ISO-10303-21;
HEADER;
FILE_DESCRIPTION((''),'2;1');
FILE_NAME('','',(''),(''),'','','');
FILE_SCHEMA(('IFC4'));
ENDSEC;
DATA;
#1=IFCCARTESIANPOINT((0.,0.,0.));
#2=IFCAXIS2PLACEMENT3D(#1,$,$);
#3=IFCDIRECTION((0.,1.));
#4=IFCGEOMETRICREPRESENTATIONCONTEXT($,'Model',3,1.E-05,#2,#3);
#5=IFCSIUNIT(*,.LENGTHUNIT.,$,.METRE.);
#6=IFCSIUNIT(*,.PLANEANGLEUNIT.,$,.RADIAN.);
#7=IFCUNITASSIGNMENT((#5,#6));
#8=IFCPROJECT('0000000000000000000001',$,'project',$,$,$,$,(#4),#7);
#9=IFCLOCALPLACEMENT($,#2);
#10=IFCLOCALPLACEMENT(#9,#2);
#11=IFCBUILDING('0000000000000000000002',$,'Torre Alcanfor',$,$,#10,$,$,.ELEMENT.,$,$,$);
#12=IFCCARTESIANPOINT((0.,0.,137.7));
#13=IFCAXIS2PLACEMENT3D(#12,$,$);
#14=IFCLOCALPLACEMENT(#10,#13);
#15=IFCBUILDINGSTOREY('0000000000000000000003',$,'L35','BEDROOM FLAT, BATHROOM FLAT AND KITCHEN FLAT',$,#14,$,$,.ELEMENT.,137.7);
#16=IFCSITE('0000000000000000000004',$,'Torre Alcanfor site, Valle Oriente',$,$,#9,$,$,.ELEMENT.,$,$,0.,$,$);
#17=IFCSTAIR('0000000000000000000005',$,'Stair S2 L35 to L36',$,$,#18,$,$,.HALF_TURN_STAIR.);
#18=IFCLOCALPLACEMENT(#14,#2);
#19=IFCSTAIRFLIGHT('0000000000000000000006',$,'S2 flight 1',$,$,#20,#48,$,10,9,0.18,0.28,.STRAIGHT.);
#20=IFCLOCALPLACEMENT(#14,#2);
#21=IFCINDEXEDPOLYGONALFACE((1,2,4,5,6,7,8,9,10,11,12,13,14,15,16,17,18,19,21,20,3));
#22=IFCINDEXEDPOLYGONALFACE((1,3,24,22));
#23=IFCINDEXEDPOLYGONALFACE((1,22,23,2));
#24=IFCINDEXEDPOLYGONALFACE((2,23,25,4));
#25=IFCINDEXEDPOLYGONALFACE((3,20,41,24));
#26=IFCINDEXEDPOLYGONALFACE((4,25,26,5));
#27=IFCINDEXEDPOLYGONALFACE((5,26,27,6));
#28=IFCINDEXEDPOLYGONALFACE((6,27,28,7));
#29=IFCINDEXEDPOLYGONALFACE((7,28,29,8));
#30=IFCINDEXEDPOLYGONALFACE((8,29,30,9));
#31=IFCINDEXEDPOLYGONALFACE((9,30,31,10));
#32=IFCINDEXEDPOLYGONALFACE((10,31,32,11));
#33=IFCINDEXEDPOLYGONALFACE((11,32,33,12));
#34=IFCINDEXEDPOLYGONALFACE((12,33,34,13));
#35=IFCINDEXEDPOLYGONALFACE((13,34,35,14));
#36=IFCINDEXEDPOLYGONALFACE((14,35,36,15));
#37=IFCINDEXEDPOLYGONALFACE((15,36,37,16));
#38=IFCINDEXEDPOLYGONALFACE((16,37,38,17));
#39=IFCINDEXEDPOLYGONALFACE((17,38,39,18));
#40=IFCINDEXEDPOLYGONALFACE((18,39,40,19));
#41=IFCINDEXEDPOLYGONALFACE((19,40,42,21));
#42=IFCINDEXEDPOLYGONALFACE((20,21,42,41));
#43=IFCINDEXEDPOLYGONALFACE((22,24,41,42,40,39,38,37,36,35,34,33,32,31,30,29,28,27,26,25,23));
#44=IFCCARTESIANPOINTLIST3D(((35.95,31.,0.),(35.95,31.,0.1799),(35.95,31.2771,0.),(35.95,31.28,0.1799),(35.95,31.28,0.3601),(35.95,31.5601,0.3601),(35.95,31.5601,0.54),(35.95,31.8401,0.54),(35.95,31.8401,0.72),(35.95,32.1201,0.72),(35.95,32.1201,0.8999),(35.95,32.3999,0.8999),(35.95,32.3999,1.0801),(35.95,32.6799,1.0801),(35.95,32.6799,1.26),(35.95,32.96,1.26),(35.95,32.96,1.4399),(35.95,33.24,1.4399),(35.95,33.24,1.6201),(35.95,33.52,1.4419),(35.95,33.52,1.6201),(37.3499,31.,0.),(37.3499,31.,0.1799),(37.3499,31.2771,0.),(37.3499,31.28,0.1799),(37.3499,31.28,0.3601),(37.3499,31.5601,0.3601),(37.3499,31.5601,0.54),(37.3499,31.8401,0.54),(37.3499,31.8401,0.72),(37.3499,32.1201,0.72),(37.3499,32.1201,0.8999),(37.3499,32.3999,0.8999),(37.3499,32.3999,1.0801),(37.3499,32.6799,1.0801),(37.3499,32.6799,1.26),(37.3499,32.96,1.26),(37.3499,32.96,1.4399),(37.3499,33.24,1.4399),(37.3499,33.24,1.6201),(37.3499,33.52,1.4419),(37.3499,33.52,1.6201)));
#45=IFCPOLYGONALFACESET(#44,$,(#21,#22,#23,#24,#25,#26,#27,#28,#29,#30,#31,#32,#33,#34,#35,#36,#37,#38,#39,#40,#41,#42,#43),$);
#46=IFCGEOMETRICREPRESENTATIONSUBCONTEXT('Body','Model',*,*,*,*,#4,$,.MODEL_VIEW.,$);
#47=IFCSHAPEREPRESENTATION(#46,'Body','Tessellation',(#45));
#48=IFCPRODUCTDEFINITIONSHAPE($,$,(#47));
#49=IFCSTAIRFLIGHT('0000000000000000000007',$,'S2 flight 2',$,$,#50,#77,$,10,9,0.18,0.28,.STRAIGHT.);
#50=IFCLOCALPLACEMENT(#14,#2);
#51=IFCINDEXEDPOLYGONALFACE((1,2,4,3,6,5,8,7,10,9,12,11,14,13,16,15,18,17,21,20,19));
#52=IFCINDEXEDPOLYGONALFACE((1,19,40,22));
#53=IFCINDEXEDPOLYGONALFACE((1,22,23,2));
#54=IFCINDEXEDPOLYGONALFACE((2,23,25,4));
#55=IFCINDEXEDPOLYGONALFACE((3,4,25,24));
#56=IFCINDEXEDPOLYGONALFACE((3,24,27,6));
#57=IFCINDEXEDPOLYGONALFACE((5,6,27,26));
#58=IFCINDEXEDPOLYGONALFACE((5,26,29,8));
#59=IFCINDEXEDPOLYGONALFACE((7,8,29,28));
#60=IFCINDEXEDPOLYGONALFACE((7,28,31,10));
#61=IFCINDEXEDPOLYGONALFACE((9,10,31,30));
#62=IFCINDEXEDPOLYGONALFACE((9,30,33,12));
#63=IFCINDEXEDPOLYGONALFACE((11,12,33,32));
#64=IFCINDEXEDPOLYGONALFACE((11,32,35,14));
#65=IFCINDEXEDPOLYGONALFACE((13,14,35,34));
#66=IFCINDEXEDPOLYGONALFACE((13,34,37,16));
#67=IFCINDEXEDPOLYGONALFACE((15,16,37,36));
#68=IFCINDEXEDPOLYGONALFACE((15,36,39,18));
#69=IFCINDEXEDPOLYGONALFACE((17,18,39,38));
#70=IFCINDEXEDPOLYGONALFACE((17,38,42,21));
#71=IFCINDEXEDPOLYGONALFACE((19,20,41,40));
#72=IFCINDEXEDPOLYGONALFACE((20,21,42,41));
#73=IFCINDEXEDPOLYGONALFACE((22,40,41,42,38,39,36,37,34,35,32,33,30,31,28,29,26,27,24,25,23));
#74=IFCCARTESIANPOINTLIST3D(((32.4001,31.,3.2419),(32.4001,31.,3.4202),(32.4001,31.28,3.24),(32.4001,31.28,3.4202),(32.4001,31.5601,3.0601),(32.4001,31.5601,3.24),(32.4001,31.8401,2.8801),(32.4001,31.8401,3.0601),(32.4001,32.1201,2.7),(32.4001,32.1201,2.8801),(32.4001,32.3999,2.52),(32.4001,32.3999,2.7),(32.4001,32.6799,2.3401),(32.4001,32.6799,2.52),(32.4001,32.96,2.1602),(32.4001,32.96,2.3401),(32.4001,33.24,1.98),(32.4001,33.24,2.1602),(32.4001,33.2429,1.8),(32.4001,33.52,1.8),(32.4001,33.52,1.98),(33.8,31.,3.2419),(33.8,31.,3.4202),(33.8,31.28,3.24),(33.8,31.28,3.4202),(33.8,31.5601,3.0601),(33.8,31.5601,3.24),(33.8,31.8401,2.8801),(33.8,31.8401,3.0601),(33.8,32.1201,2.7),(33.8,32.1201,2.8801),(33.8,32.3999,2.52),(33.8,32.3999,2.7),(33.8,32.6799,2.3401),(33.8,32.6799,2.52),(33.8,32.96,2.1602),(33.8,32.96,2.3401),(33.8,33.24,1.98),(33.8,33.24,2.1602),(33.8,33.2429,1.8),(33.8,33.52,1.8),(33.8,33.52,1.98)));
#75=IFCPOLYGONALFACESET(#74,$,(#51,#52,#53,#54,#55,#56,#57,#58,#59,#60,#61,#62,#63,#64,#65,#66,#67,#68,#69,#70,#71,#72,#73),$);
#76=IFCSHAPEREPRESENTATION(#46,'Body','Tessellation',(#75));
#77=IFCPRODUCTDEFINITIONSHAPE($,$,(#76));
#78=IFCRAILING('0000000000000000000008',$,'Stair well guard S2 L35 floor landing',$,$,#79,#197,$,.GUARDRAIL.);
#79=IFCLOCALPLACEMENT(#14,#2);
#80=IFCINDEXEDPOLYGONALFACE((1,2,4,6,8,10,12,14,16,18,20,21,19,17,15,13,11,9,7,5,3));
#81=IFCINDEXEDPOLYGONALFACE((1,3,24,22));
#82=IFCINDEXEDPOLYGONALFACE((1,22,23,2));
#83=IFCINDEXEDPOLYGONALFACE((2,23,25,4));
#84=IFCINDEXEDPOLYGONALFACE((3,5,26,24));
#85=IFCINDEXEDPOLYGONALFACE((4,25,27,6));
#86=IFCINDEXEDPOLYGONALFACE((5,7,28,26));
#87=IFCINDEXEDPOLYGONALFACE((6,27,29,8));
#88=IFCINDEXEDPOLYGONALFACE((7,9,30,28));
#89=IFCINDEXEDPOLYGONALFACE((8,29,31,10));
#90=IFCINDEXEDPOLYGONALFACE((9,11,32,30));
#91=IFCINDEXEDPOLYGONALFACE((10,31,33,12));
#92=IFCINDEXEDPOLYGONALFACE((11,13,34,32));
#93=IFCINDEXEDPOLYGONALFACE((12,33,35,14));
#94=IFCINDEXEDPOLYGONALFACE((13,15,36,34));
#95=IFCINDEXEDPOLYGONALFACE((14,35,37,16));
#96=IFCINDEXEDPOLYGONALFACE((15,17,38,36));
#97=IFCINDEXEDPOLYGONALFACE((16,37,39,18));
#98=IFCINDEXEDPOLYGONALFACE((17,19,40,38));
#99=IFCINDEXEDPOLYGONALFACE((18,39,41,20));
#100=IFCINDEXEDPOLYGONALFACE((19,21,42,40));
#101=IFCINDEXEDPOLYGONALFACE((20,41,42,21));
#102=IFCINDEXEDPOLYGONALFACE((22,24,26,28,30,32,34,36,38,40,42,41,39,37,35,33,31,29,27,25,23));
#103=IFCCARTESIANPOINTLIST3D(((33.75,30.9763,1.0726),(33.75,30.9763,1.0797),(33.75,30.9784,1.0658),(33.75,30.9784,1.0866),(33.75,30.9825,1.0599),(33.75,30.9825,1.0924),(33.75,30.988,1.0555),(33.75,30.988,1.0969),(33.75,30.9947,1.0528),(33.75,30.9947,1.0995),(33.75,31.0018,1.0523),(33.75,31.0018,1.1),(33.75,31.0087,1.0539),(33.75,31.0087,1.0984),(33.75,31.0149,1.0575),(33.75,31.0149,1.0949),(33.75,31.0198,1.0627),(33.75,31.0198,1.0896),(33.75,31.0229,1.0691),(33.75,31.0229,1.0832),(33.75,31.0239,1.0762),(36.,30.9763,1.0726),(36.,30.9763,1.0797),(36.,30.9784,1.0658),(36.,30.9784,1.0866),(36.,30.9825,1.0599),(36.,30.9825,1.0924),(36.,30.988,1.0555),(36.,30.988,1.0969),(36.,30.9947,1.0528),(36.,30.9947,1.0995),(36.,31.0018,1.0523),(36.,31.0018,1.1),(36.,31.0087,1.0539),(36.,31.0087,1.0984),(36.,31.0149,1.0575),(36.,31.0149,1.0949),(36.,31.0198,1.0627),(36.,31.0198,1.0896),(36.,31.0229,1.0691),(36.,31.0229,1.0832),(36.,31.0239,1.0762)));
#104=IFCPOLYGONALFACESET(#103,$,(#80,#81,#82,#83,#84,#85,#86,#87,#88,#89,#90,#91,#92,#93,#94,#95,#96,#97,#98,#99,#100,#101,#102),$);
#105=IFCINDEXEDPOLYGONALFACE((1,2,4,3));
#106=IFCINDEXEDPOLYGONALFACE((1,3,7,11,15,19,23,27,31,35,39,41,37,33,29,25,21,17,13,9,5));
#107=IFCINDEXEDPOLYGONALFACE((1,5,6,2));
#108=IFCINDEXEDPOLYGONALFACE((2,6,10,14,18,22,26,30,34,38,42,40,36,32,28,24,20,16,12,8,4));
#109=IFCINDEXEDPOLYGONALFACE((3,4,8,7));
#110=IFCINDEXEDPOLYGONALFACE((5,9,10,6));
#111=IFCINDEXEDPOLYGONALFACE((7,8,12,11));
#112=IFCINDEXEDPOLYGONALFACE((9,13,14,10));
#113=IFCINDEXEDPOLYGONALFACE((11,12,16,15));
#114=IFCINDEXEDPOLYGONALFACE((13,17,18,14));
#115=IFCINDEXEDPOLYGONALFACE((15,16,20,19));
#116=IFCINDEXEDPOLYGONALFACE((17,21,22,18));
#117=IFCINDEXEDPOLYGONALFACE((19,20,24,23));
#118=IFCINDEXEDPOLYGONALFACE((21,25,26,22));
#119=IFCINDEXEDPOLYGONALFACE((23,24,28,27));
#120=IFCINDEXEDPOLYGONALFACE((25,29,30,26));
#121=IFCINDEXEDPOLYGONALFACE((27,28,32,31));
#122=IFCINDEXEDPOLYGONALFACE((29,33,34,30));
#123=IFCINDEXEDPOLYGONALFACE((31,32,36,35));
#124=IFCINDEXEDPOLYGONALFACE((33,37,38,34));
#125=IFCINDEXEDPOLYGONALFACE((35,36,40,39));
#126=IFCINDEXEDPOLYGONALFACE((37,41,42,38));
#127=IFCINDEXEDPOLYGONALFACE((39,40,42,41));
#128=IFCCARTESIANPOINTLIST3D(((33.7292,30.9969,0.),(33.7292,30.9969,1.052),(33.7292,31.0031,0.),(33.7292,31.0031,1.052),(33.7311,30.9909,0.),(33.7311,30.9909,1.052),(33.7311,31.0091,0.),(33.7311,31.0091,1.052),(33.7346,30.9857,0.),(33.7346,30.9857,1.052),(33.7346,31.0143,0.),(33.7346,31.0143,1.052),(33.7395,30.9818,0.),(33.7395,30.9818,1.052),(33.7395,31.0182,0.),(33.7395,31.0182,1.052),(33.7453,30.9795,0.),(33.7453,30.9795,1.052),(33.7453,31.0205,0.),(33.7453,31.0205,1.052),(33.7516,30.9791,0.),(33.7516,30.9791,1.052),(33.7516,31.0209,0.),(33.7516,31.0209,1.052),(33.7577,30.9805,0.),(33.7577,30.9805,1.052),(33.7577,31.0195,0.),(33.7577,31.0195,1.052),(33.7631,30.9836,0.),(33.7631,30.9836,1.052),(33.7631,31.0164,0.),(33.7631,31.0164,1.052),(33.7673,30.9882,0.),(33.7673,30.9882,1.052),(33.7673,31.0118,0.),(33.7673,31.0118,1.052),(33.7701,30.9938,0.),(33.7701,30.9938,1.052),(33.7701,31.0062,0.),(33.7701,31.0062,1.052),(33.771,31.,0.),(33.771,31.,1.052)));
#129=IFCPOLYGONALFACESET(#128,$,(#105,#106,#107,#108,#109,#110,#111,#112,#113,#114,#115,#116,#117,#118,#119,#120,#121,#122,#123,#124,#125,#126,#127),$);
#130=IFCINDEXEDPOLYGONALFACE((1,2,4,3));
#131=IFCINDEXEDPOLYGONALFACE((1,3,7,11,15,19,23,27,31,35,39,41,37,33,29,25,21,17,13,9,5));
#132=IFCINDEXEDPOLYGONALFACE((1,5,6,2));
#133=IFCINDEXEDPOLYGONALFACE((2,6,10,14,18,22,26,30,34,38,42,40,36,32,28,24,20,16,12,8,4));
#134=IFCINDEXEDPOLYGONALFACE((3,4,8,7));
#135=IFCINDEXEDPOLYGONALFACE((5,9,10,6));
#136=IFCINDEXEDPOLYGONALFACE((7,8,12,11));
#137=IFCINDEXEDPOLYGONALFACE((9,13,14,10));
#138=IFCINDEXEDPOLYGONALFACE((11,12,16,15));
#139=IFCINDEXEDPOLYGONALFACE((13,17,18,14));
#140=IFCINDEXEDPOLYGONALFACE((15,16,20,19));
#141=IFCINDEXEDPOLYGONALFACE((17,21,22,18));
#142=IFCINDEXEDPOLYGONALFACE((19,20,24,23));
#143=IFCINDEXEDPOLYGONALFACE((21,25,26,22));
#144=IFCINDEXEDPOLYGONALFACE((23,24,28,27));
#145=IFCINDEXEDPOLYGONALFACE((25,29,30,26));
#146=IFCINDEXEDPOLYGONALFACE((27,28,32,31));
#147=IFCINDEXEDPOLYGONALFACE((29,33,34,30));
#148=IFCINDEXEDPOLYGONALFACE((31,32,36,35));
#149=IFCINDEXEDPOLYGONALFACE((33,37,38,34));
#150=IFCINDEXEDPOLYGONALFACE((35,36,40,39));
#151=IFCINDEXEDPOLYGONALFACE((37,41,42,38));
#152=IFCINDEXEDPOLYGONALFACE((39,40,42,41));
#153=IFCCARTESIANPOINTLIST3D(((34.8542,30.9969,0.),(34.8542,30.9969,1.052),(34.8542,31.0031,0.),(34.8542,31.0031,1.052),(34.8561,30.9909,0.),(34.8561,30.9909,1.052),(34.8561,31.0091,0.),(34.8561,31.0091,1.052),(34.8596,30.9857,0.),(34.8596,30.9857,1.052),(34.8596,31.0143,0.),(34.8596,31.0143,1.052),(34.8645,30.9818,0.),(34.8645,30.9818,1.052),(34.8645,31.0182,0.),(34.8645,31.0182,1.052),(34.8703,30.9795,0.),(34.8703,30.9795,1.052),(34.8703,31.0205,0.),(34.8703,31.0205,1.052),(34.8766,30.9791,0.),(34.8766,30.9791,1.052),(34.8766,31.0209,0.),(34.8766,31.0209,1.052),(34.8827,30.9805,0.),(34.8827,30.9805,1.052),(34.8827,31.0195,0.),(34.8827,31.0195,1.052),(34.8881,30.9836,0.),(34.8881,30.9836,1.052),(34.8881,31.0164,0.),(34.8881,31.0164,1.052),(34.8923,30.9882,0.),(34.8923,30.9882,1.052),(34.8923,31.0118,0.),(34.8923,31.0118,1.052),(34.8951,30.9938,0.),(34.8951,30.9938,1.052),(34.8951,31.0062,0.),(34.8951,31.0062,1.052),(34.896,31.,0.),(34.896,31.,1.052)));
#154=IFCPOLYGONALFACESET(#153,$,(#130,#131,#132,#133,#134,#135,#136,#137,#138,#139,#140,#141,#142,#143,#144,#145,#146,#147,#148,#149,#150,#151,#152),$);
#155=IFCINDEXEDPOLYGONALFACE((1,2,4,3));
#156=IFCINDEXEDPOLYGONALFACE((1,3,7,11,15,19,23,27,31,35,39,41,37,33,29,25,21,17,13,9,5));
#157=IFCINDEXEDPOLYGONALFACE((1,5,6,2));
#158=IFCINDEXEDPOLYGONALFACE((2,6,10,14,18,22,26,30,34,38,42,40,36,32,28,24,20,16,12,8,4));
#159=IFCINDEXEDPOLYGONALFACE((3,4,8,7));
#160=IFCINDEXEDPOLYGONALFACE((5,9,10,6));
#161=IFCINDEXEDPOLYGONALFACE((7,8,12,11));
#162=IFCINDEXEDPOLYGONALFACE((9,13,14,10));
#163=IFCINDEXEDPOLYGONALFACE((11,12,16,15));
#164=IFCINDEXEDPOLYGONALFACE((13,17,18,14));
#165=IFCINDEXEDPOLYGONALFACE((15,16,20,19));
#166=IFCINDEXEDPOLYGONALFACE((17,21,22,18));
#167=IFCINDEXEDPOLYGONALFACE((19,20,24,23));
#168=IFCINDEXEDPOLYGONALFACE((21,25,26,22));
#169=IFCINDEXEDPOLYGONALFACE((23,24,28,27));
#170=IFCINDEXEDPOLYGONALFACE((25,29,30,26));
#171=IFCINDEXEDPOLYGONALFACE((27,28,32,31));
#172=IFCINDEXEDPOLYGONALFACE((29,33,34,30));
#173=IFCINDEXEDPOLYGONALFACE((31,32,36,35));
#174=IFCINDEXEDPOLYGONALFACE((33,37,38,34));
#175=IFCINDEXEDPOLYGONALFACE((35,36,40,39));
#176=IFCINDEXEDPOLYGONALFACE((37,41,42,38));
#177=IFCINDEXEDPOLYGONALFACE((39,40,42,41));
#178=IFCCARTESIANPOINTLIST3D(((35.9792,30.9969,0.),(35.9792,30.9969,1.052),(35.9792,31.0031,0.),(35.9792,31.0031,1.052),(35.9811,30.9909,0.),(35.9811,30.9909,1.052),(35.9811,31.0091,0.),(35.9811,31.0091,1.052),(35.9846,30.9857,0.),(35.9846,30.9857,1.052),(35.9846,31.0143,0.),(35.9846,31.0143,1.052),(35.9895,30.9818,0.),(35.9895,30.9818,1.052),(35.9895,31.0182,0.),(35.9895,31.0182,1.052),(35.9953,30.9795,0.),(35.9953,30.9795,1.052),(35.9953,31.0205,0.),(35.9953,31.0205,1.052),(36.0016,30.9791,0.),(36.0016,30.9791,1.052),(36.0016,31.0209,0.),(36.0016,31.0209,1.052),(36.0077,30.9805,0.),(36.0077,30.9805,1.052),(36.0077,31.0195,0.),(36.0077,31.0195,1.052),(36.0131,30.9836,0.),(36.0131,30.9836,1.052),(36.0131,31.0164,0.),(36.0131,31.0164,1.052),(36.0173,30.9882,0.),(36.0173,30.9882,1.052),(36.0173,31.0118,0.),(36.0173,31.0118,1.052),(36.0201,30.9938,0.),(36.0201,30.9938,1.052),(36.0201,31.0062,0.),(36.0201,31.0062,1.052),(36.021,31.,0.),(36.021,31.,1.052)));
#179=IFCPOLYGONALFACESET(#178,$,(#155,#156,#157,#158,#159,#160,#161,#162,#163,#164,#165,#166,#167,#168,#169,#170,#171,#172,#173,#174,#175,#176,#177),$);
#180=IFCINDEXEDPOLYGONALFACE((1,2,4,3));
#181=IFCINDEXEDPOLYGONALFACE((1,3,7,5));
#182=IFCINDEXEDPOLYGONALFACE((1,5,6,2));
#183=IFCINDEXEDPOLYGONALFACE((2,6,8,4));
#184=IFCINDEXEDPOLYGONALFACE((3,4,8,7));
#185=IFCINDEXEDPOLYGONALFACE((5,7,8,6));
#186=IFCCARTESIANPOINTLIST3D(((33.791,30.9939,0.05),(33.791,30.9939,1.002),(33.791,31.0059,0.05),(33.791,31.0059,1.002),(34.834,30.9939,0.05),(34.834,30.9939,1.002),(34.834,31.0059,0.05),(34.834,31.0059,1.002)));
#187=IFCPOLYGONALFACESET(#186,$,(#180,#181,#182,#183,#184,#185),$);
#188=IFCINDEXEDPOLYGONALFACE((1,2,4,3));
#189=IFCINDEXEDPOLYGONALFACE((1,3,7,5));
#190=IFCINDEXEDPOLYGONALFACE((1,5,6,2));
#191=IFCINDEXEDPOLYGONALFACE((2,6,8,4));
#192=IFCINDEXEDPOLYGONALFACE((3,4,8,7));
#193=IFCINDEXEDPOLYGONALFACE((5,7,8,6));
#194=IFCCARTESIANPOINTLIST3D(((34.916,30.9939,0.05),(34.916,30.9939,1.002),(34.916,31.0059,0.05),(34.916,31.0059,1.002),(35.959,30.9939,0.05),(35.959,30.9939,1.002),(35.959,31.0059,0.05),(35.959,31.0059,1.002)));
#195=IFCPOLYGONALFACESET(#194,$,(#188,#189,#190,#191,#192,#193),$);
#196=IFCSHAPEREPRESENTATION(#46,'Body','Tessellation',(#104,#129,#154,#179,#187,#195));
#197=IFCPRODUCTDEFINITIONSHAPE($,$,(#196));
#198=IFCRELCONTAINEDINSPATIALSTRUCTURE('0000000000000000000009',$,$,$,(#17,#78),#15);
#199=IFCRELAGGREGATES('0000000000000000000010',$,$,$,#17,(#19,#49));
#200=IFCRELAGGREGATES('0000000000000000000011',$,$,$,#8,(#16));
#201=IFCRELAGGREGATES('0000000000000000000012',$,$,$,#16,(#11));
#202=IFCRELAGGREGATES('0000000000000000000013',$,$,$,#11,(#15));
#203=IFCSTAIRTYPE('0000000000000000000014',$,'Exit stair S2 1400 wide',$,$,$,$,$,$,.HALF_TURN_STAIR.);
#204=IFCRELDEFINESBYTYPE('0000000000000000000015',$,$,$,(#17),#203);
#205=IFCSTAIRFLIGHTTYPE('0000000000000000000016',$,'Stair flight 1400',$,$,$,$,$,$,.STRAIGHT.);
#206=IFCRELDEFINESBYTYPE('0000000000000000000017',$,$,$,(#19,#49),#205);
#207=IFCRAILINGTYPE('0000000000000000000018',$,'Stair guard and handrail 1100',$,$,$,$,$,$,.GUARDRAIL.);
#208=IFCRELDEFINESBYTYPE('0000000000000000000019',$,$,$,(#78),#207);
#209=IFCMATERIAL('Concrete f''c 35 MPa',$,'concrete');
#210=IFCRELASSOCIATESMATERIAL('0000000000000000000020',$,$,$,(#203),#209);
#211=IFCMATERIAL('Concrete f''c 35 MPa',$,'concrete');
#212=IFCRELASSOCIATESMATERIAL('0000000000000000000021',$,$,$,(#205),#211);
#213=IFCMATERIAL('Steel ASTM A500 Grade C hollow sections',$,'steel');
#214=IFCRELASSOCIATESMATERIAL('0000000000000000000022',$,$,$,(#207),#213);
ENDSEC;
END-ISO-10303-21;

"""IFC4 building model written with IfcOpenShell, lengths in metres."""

from ifc_helpers import new_model, si_unit, direction, frame, origin, origin_2d, place, context, subcontext, project, spatial, polyline, circle, outline, extrude, material, type_object, element, aggregate, save


model = new_model("IFC4")

# Units and contexts
model_context = context("Model", 3, precision=1e-05, world=origin(), true_north=direction((0.0, 1.0)))
body_context = subcontext(model_context, "Body", "Model", "MODEL_VIEW")
ifc_project = project(units=[si_unit("LENGTHUNIT", "METRE"), si_unit("PLANEANGLEUNIT", "RADIAN")], contexts=[model_context])

# Site, building, storey
site_placement = place(None, origin())
site = spatial("IfcSite", under=ifc_project, at=site_placement, Name="Torre Alcanfor site, Valle Oriente", CompositionType="ELEMENT", RefElevation=0.0)
building_placement = place(site_placement, origin())
building = spatial("IfcBuilding", under=site, at=building_placement, Name="Torre Alcanfor", CompositionType="ELEMENT")
storey_placement = place(building_placement, frame((0.0, 0.0, 137.7)))
storey = spatial("IfcBuildingStorey", under=building, at=storey_placement, Name="L35", Description="BEDROOM FLAT, BATHROOM FLAT AND KITCHEN FLAT", CompositionType="ELEMENT", Elevation=137.7)

# Stair, stair flights
ifc_material_1 = material(Name="Concrete f'c 35 MPa", Category="concrete")
stair_type = type_object("IfcStairType", Name="Exit stair S2 1400 wide", PredefinedType="HALF_TURN_STAIR", material=ifc_material_1)
stair_placement = place(storey_placement, origin())
stair = element("IfcStair", 1, at=stair_placement, inside=storey, type_object=stair_type, Name="Stair S2 L35 to L36", PredefinedType="HALF_TURN_STAIR")
ifc_material_2 = material(Name="Concrete f'c 35 MPa", Category="concrete")
stair_flight_type = type_object("IfcStairFlightType", Name="Stair flight 1400", PredefinedType="STRAIGHT", material=ifc_material_2)
stair_flight_1_placement = place(storey_placement, frame((36.6499, 31.0, 0.0), z_axis=(0.0, 0.0, 1.0), x_axis=(0.0, 1.0, 0.0)))
stair_flight_1 = element("IfcStairFlight", 2, at=stair_flight_1_placement, type_object=stair_flight_type, Name="S2 flight 1", NumberOfRisers=10, NumberOfTreads=9, PredefinedType="STRAIGHT", RiserHeight=0.18, TreadLength=0.28, context=body_context, shape_type="SweptSolid", body=[
    extrude(outline(polyline([(0.0, 0.0), (0.0, 0.1799), (0.28, 0.1799), (0.28, 0.3601), (0.5601, 0.3601), (0.5601, 0.54), (0.8401, 0.54), (0.8401, 0.72), (1.1201, 0.72), (1.1201, 0.8999), (1.3999, 0.8999), (1.3999, 1.0801), (1.6799, 1.0801), (1.6799, 1.26), (1.96, 1.26), (1.96, 1.4399), (2.24, 1.4399), (2.24, 1.6201), (2.52, 1.6201), (2.52, 1.8), (2.52, 1.4419), (0.2771, 0.0), (0.0, 0.0)])), frame((0.0, 0.7, 0.0), z_axis=(0.0, -1.0, 0.0), x_axis=(1.0, 0.0, 0.0)), (0.0, 0.0, 1.0), 1.3999),
])
stair_flight_2_placement = place(storey_placement, frame((33.1001, 33.52, 1.8), z_axis=(0.0, 0.0, 1.0), x_axis=(0.0, -1.0, 0.0)))
stair_flight_2 = element("IfcStairFlight", 3, at=stair_flight_2_placement, type_object=stair_flight_type, Name="S2 flight 2", NumberOfRisers=10, NumberOfTreads=9, PredefinedType="STRAIGHT", RiserHeight=0.18, TreadLength=0.28, context=body_context, shape_type="SweptSolid", body=[
    extrude(outline(polyline([(0.0, 0.0), (0.0, 0.1799), (0.28, 0.1799), (0.28, 0.3601), (0.5601, 0.3601), (0.5601, 0.54), (0.8401, 0.54), (0.8401, 0.72), (1.1201, 0.72), (1.1201, 0.8999), (1.3999, 0.8999), (1.3999, 1.0801), (1.6799, 1.0801), (1.6799, 1.26), (1.96, 1.26), (1.96, 1.4399), (2.24, 1.4399), (2.24, 1.6201), (2.52, 1.6201), (2.52, 1.8), (2.52, 1.4419), (0.2771, 0.0), (0.0, 0.0)])), frame((0.0, 0.7, 0.0), z_axis=(0.0, -1.0, 0.0), x_axis=(1.0, 0.0, 0.0)), (0.0, 0.0, 1.0), 1.3999),
])
aggregate(stair, [stair_flight_1, stair_flight_2])

# Railing
ifc_material_3 = material(Name="Steel ASTM A500 Grade C hollow sections", Category="steel")
railing_type_1 = type_object("IfcRailingType", Name="Stair guard and handrail 1100", PredefinedType="GUARDRAIL", material=ifc_material_3)
for number, where, name in (
    (4, (33.75, 31.0, 0.0), "Stair well guard S2 L35 floor landing"),
):
    element("IfcRailing", number, at=place(storey_placement, frame(where)), inside=storey, type_object=railing_type_1, Name=name, PredefinedType="GUARDRAIL", context=body_context, shape_type="SweptSolid", body=[
        extrude(circle(Radius=0.0239, at=origin_2d()), frame((0.0, 0.0, 1.0762), z_axis=(1.0, 0.0, 0.0), x_axis=(0.0, 1.0, 0.0)), (0.0, 0.0, 1.0), 2.25),
        extrude(circle(Radius=0.021, at=origin_2d()), origin(), (0.0, 0.0, 1.0), 1.052),
        extrude(circle(Radius=0.021, at=origin_2d()), frame((1.125, 0.0, 0.0)), (0.0, 0.0, 1.0), 1.052),
        extrude(circle(Radius=0.021, at=origin_2d()), frame((2.25, 0.0, 0.0)), (0.0, 0.0, 1.0), 1.052),
        extrude(outline(polyline([(0.041, 0.05), (1.084, 0.05), (1.084, 1.002), (0.041, 1.002), (0.041, 0.05)])), frame((0.0, 0.0059, 0.0), z_axis=(0.0, -1.0, 0.0), x_axis=(1.0, 0.0, 0.0)), (0.0, 0.0, 1.0), 0.012),
        extrude(outline(polyline([(1.166, 0.05), (2.209, 0.05), (2.209, 1.002), (1.166, 1.002), (1.166, 0.05)])), frame((0.0, 0.0059, 0.0), z_axis=(0.0, -1.0, 0.0), x_axis=(1.0, 0.0, 0.0)), (0.0, 0.0, 1.0), 0.012),
    ])

save(model, "model.ifc")
